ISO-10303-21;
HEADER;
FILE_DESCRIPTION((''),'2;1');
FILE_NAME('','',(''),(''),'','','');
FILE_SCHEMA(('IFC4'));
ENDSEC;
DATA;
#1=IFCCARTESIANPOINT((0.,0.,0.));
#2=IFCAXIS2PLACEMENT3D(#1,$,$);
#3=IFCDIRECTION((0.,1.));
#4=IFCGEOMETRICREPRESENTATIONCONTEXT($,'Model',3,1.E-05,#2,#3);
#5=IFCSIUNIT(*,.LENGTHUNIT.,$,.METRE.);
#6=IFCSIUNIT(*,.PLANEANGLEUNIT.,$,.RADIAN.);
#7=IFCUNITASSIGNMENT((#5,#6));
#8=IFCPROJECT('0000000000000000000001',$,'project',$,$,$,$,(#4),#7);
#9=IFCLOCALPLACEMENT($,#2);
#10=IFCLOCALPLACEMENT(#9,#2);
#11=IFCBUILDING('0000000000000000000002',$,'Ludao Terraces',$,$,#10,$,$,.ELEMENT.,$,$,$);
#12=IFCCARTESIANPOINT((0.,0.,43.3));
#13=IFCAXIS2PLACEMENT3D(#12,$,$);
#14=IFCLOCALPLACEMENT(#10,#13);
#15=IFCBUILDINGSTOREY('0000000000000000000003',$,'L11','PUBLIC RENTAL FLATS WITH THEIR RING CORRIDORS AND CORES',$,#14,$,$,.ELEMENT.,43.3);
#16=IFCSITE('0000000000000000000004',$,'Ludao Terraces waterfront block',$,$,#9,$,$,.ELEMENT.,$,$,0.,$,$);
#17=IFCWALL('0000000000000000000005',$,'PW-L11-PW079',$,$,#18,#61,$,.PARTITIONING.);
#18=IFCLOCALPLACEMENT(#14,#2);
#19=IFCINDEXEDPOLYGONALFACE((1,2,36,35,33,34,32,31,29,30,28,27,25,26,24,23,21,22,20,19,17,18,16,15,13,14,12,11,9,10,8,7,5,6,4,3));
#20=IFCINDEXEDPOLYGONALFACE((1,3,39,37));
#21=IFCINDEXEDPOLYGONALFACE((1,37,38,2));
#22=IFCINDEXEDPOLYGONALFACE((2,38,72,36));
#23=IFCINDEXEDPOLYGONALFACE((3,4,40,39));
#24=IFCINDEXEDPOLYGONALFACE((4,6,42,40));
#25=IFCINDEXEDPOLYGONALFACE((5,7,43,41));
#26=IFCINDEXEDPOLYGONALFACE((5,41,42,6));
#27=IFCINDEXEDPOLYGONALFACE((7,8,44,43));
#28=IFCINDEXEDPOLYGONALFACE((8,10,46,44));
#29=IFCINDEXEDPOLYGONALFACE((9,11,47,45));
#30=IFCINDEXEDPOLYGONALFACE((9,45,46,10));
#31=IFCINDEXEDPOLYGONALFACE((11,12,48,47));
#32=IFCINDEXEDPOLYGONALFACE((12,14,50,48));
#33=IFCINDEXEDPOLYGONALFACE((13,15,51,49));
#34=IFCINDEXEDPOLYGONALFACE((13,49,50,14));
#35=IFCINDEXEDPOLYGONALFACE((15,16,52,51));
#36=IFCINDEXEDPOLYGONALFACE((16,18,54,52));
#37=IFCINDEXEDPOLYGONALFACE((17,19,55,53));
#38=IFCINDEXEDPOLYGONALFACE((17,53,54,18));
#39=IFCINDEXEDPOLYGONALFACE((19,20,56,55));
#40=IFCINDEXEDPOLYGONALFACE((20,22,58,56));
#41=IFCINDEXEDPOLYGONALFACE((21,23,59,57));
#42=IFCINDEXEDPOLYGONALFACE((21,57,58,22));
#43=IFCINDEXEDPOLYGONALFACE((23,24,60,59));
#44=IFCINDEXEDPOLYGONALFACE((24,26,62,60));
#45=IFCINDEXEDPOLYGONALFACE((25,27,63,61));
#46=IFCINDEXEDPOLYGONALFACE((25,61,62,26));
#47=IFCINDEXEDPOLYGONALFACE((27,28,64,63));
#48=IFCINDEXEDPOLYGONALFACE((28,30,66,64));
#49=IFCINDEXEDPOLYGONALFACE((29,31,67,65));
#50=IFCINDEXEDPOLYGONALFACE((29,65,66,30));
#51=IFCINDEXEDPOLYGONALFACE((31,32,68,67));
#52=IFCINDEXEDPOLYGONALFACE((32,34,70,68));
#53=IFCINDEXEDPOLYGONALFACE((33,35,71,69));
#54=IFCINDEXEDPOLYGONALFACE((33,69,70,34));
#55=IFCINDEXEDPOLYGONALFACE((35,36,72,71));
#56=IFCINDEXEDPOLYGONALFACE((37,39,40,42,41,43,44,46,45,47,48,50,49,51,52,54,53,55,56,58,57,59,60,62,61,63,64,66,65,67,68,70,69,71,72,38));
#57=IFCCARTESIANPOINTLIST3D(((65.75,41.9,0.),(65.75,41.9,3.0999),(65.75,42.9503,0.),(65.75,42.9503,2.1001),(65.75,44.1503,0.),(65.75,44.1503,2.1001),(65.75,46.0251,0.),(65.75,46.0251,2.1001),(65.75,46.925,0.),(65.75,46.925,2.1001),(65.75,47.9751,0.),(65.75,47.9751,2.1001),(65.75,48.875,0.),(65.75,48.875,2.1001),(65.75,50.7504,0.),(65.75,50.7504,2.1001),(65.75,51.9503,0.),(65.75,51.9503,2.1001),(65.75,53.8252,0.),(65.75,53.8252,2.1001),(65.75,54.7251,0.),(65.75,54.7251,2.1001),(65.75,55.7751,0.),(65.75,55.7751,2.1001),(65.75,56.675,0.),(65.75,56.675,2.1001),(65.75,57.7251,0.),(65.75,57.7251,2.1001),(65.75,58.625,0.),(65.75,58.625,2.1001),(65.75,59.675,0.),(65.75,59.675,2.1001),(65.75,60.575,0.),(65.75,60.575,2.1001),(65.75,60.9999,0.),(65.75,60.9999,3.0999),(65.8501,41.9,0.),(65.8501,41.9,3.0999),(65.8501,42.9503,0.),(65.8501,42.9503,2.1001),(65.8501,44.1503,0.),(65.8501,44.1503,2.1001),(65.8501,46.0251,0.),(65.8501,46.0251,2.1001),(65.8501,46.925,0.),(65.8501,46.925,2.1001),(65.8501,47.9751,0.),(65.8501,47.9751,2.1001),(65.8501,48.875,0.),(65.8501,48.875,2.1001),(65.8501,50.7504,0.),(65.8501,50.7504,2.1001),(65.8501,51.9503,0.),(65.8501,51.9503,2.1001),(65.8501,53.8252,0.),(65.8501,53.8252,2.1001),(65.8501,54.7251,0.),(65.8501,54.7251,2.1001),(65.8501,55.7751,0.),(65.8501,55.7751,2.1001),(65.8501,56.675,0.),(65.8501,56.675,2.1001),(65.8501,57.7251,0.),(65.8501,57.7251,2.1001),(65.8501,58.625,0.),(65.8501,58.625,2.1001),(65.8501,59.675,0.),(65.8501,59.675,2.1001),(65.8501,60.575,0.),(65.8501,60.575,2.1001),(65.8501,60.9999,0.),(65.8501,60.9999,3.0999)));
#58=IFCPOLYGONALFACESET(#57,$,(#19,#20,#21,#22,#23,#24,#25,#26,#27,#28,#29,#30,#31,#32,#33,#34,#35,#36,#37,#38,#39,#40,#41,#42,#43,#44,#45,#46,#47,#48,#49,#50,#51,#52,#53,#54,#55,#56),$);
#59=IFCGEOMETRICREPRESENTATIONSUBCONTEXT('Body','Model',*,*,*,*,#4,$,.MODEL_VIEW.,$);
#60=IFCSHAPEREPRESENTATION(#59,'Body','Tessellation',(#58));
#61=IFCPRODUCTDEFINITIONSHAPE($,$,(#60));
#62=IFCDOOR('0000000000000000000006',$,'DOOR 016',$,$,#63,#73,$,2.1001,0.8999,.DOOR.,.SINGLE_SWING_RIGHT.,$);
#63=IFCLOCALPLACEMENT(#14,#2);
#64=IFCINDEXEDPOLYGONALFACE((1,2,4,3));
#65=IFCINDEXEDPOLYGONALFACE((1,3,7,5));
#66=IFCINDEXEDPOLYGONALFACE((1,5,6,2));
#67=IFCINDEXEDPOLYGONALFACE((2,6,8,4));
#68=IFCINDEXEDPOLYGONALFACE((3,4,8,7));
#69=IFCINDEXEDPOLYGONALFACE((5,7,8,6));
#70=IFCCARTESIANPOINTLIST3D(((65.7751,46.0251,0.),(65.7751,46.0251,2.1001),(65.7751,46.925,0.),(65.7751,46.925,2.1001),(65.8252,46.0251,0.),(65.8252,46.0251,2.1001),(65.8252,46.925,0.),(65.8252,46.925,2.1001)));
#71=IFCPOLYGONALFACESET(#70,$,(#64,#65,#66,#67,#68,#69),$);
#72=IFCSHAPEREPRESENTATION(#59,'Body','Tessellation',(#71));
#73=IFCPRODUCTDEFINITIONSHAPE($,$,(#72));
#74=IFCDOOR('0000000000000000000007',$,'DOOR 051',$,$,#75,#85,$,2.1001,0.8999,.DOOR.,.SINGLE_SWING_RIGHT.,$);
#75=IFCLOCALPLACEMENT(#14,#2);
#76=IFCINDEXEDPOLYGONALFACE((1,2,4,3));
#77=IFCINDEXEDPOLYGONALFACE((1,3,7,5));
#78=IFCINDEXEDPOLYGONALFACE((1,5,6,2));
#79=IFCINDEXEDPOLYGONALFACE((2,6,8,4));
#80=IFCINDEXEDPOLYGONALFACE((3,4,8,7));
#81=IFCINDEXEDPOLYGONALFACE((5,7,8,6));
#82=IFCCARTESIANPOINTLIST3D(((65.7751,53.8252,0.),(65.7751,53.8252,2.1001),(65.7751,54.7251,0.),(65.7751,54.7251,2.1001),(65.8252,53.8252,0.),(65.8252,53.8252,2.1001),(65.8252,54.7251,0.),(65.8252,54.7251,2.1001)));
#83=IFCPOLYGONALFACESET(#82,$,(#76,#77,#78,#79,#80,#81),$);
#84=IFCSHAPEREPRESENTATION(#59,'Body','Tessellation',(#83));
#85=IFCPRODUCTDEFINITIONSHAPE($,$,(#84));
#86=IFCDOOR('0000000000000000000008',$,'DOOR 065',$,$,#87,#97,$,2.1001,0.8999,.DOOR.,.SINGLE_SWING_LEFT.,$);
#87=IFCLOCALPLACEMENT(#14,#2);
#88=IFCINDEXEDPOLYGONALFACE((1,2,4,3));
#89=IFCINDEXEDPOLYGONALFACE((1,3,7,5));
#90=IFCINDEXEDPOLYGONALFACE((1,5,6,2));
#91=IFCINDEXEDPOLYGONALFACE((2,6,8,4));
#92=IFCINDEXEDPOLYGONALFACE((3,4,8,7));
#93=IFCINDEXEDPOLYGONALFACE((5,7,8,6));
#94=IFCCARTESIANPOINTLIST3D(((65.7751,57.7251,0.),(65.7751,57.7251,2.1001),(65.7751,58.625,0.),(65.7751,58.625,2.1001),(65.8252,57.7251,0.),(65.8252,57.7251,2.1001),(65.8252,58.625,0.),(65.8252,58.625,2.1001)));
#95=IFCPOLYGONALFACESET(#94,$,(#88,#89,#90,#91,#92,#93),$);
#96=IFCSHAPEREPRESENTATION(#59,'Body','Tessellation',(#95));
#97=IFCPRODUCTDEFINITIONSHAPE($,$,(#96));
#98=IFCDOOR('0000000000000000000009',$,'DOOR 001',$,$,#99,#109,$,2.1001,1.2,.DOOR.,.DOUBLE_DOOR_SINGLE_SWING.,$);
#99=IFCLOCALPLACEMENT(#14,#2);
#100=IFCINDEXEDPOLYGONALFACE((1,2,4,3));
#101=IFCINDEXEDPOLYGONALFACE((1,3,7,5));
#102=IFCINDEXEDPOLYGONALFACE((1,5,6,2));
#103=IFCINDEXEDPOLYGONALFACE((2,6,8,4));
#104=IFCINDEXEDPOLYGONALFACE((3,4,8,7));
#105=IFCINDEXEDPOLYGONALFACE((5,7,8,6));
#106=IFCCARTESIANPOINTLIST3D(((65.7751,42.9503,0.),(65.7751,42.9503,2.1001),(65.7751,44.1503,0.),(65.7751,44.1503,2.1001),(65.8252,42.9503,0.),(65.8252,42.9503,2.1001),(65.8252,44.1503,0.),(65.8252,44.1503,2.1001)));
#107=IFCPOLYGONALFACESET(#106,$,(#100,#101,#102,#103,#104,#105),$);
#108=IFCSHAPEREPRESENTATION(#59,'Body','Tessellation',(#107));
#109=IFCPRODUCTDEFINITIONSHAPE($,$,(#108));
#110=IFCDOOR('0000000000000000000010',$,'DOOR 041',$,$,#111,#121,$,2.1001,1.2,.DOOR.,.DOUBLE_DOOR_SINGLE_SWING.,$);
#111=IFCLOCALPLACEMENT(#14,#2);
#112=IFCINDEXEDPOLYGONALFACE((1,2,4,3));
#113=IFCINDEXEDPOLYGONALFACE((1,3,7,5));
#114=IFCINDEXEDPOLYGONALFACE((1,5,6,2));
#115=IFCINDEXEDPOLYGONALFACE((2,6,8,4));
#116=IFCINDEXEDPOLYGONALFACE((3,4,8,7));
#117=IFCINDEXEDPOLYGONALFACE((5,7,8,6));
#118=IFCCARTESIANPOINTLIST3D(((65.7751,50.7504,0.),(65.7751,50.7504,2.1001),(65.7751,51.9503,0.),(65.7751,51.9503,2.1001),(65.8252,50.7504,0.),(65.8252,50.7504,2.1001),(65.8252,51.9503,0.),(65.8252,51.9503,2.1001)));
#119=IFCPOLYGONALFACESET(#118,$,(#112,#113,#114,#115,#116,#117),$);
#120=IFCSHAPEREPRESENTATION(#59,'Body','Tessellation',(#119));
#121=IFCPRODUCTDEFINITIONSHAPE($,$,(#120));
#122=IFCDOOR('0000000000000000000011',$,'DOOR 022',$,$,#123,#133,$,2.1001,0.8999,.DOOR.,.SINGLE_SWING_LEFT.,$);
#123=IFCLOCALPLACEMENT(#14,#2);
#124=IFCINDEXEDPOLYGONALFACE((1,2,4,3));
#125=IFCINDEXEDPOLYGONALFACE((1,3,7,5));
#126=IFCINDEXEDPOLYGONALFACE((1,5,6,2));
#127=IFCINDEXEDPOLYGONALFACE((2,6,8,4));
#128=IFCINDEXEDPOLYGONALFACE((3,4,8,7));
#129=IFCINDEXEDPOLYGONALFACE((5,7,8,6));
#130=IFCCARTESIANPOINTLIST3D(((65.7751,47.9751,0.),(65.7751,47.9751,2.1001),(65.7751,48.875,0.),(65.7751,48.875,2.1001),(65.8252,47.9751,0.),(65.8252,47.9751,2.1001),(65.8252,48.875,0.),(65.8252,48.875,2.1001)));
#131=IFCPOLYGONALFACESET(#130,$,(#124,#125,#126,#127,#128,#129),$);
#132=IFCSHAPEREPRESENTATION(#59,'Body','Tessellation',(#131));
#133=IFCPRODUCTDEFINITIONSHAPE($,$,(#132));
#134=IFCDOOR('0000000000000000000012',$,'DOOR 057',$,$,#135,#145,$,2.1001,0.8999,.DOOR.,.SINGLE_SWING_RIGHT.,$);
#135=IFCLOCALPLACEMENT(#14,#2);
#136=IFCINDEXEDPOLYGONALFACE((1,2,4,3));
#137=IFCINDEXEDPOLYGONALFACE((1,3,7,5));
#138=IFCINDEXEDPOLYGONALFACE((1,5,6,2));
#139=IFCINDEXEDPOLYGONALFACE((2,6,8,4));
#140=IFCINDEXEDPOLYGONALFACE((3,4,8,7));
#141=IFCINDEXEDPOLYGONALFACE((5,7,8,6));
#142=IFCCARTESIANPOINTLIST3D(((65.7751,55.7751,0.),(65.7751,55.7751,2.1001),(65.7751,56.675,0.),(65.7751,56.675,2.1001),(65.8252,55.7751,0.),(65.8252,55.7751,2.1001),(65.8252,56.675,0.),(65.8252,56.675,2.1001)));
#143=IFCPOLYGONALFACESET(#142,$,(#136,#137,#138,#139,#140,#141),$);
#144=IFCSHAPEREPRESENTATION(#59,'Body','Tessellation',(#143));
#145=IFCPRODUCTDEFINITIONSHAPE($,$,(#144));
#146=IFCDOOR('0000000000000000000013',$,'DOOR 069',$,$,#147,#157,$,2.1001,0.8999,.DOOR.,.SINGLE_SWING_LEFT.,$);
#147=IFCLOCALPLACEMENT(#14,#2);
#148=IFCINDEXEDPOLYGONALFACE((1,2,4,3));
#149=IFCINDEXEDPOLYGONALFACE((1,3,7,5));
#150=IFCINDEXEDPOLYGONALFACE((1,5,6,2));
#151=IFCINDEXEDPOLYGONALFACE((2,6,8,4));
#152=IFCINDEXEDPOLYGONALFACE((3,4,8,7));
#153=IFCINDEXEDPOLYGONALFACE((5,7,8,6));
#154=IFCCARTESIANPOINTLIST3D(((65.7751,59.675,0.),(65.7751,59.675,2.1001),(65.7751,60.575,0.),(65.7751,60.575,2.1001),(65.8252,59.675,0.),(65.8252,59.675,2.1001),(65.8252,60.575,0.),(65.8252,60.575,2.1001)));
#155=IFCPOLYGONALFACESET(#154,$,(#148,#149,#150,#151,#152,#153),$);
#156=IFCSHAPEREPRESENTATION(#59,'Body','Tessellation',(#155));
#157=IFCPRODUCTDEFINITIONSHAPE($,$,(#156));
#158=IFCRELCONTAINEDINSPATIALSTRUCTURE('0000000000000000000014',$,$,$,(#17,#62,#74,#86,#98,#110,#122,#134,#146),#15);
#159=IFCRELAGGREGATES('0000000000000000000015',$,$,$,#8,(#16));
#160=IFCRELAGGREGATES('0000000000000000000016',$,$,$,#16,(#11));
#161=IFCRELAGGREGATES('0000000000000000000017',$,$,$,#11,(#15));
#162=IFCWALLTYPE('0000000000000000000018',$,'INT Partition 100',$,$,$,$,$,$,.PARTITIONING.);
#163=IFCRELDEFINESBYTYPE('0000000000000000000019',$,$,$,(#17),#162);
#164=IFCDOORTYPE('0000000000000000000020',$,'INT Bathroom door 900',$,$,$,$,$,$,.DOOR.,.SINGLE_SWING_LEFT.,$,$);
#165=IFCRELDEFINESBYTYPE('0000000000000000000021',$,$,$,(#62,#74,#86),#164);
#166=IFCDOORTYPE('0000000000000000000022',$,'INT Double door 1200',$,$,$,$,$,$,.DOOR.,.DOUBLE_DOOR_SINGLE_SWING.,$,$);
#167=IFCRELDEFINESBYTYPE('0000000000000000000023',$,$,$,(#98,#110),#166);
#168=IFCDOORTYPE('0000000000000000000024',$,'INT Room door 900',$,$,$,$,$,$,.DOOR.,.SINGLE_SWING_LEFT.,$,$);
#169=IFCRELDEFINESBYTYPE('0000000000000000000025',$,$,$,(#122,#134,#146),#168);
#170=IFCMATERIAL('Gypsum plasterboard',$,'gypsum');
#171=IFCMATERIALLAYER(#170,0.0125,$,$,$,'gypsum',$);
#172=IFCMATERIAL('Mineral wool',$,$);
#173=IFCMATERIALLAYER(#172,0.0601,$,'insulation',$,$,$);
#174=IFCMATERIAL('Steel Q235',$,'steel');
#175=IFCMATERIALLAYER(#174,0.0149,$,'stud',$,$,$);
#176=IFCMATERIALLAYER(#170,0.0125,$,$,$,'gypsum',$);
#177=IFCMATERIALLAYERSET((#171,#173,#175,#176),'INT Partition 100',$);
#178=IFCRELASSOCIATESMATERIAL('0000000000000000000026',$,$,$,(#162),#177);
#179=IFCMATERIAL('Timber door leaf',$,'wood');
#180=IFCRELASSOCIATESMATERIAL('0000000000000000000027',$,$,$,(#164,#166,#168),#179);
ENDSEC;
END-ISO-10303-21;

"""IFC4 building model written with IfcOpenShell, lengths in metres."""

from ifc_helpers import new_model, si_unit, direction, frame, frame_2d, origin, place, context, subcontext, project, spatial, rectangle, extrude, material, layer, layer_set, type_object, element, fill, save


model = new_model("IFC4")

# Units and contexts
model_context = context("Model", 3, precision=1e-05, world=origin(), true_north=direction((0.0, 1.0)))
body_context = subcontext(model_context, "Body", "Model", "MODEL_VIEW")
ifc_project = project(units=[si_unit("LENGTHUNIT", "METRE"), si_unit("PLANEANGLEUNIT", "RADIAN")], contexts=[model_context])

# Site, building, storey
site_placement = place(None, origin())
site = spatial("IfcSite", under=ifc_project, at=site_placement, Name="Ludao Terraces waterfront block", CompositionType="ELEMENT", RefElevation=0.0)
building_placement = place(site_placement, origin())
building = spatial("IfcBuilding", under=site, at=building_placement, Name="Ludao Terraces", CompositionType="ELEMENT")
storey_placement = place(building_placement, frame((0.0, 0.0, 43.3)))
storey = spatial("IfcBuildingStorey", under=building, at=storey_placement, Name="L11", Description="PUBLIC RENTAL FLATS WITH THEIR RING CORRIDORS AND CORES", CompositionType="ELEMENT", Elevation=43.3)

# Shared definitions
ifc_material_1 = material(Name="Mineral wool")

# Wall, openings, doors
ifc_material_2 = material(Name="Gypsum plasterboard", Category="gypsum")
ifc_layer_1 = layer(ifc_material_2, 0.0125, Category="gypsum")
ifc_layer_2 = layer(ifc_material_1, 0.0601, Name="insulation")
ifc_material_3 = material(Name="Steel Q235", Category="steel")
ifc_layer_3 = layer(ifc_material_3, 0.0149, Name="stud")
ifc_layer_4 = layer(ifc_material_2, 0.0125, Category="gypsum")
ifc_layer_set_1 = layer_set([ifc_layer_1, ifc_layer_2, ifc_layer_3, ifc_layer_4], Name="INT Partition 100")
wall_type_1 = type_object("IfcWallType", Name="INT Partition 100", PredefinedType="PARTITIONING", material=ifc_layer_set_1)
wall_1_placement = place(storey_placement, frame((65.8, 41.9001, 0.0), z_axis=(0.0, 0.0, 1.0), x_axis=(0.0, 1.0, 0.0)))
wall_1 = element("IfcWall", 1, at=wall_1_placement, inside=storey, type_object=wall_type_1, Name="PW-L11-PW079", PredefinedType="PARTITIONING", context=body_context, shape_type="SweptSolid", body=[
    extrude(rectangle(XDim=19.0999, YDim=0.1001, at=frame_2d((9.5498, 0.0))), origin(), (0.0, 0.0, 1.0), 3.0999),
])
opening_1_placement = place(wall_1_placement, frame((1.05, 0.0, 0.0)))
opening_1 = element("IfcOpeningElement", 2, at=opening_1_placement, cuts=wall_1, PredefinedType="OPENING", context=body_context, shape_type="SweptSolid", body=[
    extrude(rectangle(XDim=1.2, YDim=2.1001, at=frame_2d((0.6001, 1.05))), frame((0.0, 0.0601, 0.0), z_axis=(0.0, -1.0, 0.0), x_axis=(1.0, 0.0, 0.0)), (0.0, 0.0, 1.0), 0.1201),
])
opening_2_placement = place(wall_1_placement, frame((4.125, 0.0, 0.0)))
opening_2 = element("IfcOpeningElement", 3, at=opening_2_placement, cuts=wall_1, PredefinedType="OPENING", context=body_context, shape_type="SweptSolid", body=[
    extrude(rectangle(XDim=0.8999, YDim=2.1001, at=frame_2d((0.45, 1.05))), frame((0.0, 0.0601, 0.0), z_axis=(0.0, -1.0, 0.0), x_axis=(1.0, 0.0, 0.0)), (0.0, 0.0, 1.0), 0.1201),
])
opening_3_placement = place(wall_1_placement, frame((6.075, 0.0, 0.0)))
opening_3 = element("IfcOpeningElement", 4, at=opening_3_placement, cuts=wall_1, PredefinedType="OPENING", context=body_context, shape_type="SweptSolid", body=[
    extrude(rectangle(XDim=0.8999, YDim=2.1001, at=frame_2d((0.45, 1.05))), frame((0.0, 0.0601, 0.0), z_axis=(0.0, -1.0, 0.0), x_axis=(1.0, 0.0, 0.0)), (0.0, 0.0, 1.0), 0.1201),
])
opening_4_placement = place(wall_1_placement, frame((8.8501, 0.0, 0.0)))
opening_4 = element("IfcOpeningElement", 5, at=opening_4_placement, cuts=wall_1, PredefinedType="OPENING", context=body_context, shape_type="SweptSolid", body=[
    extrude(rectangle(XDim=1.2, YDim=2.1001, at=frame_2d((0.6001, 1.05))), frame((0.0, 0.0601, 0.0), z_axis=(0.0, -1.0, 0.0), x_axis=(1.0, 0.0, 0.0)), (0.0, 0.0, 1.0), 0.1201),
])
opening_5_placement = place(wall_1_placement, frame((11.925, 0.0, 0.0)))
opening_5 = element("IfcOpeningElement", 6, at=opening_5_placement, cuts=wall_1, PredefinedType="OPENING", context=body_context, shape_type="SweptSolid", body=[
    extrude(rectangle(XDim=0.8999, YDim=2.1001, at=frame_2d((0.45, 1.05))), frame((0.0, 0.0601, 0.0), z_axis=(0.0, -1.0, 0.0), x_axis=(1.0, 0.0, 0.0)), (0.0, 0.0, 1.0), 0.1201),
])
opening_6_placement = place(wall_1_placement, frame((13.875, 0.0, 0.0)))
opening_6 = element("IfcOpeningElement", 7, at=opening_6_placement, cuts=wall_1, PredefinedType="OPENING", context=body_context, shape_type="SweptSolid", body=[
    extrude(rectangle(XDim=0.8999, YDim=2.1001, at=frame_2d((0.45, 1.05))), frame((0.0, 0.0601, 0.0), z_axis=(0.0, -1.0, 0.0), x_axis=(1.0, 0.0, 0.0)), (0.0, 0.0, 1.0), 0.1201),
])
opening_7_placement = place(wall_1_placement, frame((15.825, 0.0, 0.0)))
opening_7 = element("IfcOpeningElement", 8, at=opening_7_placement, cuts=wall_1, PredefinedType="OPENING", context=body_context, shape_type="SweptSolid", body=[
    extrude(rectangle(XDim=0.8999, YDim=2.1001, at=frame_2d((0.45, 1.05))), frame((0.0, 0.0601, 0.0), z_axis=(0.0, -1.0, 0.0), x_axis=(1.0, 0.0, 0.0)), (0.0, 0.0, 1.0), 0.1201),
])
opening_8_placement = place(wall_1_placement, frame((17.7749, 0.0, 0.0)))
opening_8 = element("IfcOpeningElement", 9, at=opening_8_placement, cuts=wall_1, PredefinedType="OPENING", context=body_context, shape_type="SweptSolid", body=[
    extrude(rectangle(XDim=0.8999, YDim=2.1001, at=frame_2d((0.45, 1.05))), frame((0.0, 0.0601, 0.0), z_axis=(0.0, -1.0, 0.0), x_axis=(1.0, 0.0, 0.0)), (0.0, 0.0, 1.0), 0.1201),
])
ifc_material_4 = material(Name="Timber door leaf", Category="wood")
door_type_1 = type_object("IfcDoorType", Name="INT Bathroom door 900", OperationType="SINGLE_SWING_LEFT", PredefinedType="DOOR", material=ifc_material_4)
door_1_placement = place(opening_2_placement, origin())
door_1 = element("IfcDoor", 10, at=door_1_placement, inside=storey, type_object=door_type_1, Name="DOOR 016", OperationType="SINGLE_SWING_RIGHT", OverallHeight=2.1001, OverallWidth=0.8999, PredefinedType="DOOR", context=body_context, shape_type="SweptSolid", body=[
    extrude(rectangle(XDim=0.8999, YDim=2.1001, at=frame_2d((0.45, 1.05))), frame((0.0, 0.0249, 0.0), z_axis=(0.0, -1.0, 0.0), x_axis=(1.0, 0.0, 0.0)), (0.0, 0.0, 1.0), 0.05),
])
fill(opening_2, door_1)
door_2_placement = place(opening_5_placement, origin())
door_2 = element("IfcDoor", 11, at=door_2_placement, inside=storey, type_object=door_type_1, Name="DOOR 051", OperationType="SINGLE_SWING_RIGHT", OverallHeight=2.1001, OverallWidth=0.8999, PredefinedType="DOOR", context=body_context, shape_type="SweptSolid", body=[
    extrude(rectangle(XDim=0.8999, YDim=2.1001, at=frame_2d((0.45, 1.05))), frame((0.0, 0.0249, 0.0), z_axis=(0.0, -1.0, 0.0), x_axis=(1.0, 0.0, 0.0)), (0.0, 0.0, 1.0), 0.05),
])
fill(opening_5, door_2)
door_3_placement = place(opening_7_placement, origin())
door_3 = element("IfcDoor", 12, at=door_3_placement, inside=storey, type_object=door_type_1, Name="DOOR 065", OperationType="SINGLE_SWING_LEFT", OverallHeight=2.1001, OverallWidth=0.8999, PredefinedType="DOOR", context=body_context, shape_type="SweptSolid", body=[
    extrude(rectangle(XDim=0.8999, YDim=2.1001, at=frame_2d((0.45, 1.05))), frame((0.0, 0.0249, 0.0), z_axis=(0.0, -1.0, 0.0), x_axis=(1.0, 0.0, 0.0)), (0.0, 0.0, 1.0), 0.05),
])
fill(opening_7, door_3)
door_type_2 = type_object("IfcDoorType", Name="INT Double door 1200", OperationType="DOUBLE_DOOR_SINGLE_SWING", PredefinedType="DOOR", material=ifc_material_4)
door_4_placement = place(opening_1_placement, origin())
door_4 = element("IfcDoor", 13, at=door_4_placement, inside=storey, type_object=door_type_2, Name="DOOR 001", OperationType="DOUBLE_DOOR_SINGLE_SWING", OverallHeight=2.1001, OverallWidth=1.2, PredefinedType="DOOR", context=body_context, shape_type="SweptSolid", body=[
    extrude(rectangle(XDim=1.2, YDim=2.1001, at=frame_2d((0.6001, 1.05))), frame((0.0, 0.0249, 0.0), z_axis=(0.0, -1.0, 0.0), x_axis=(1.0, 0.0, 0.0)), (0.0, 0.0, 1.0), 0.05),
])
fill(opening_1, door_4)
door_5_placement = place(opening_4_placement, origin())
door_5 = element("IfcDoor", 14, at=door_5_placement, inside=storey, type_object=door_type_2, Name="DOOR 041", OperationType="DOUBLE_DOOR_SINGLE_SWING", OverallHeight=2.1001, OverallWidth=1.2, PredefinedType="DOOR", context=body_context, shape_type="SweptSolid", body=[
    extrude(rectangle(XDim=1.2, YDim=2.1001, at=frame_2d((0.6001, 1.05))), frame((0.0, 0.0249, 0.0), z_axis=(0.0, -1.0, 0.0), x_axis=(1.0, 0.0, 0.0)), (0.0, 0.0, 1.0), 0.05),
])
fill(opening_4, door_5)
door_type_3 = type_object("IfcDoorType", Name="INT Room door 900", OperationType="SINGLE_SWING_LEFT", PredefinedType="DOOR", material=ifc_material_4)
door_6_placement = place(opening_3_placement, origin())
door_6 = element("IfcDoor", 15, at=door_6_placement, inside=storey, type_object=door_type_3, Name="DOOR 022", OperationType="SINGLE_SWING_LEFT", OverallHeight=2.1001, OverallWidth=0.8999, PredefinedType="DOOR", context=body_context, shape_type="SweptSolid", body=[
    extrude(rectangle(XDim=0.8999, YDim=2.1001, at=frame_2d((0.45, 1.05))), frame((0.0, 0.0249, 0.0), z_axis=(0.0, -1.0, 0.0), x_axis=(1.0, 0.0, 0.0)), (0.0, 0.0, 1.0), 0.05),
])
fill(opening_3, door_6)
door_7_placement = place(opening_6_placement, origin())
door_7 = element("IfcDoor", 16, at=door_7_placement, inside=storey, type_object=door_type_3, Name="DOOR 057", OperationType="SINGLE_SWING_RIGHT", OverallHeight=2.1001, OverallWidth=0.8999, PredefinedType="DOOR", context=body_context, shape_type="SweptSolid", body=[
    extrude(rectangle(XDim=0.8999, YDim=2.1001, at=frame_2d((0.45, 1.05))), frame((0.0, 0.0249, 0.0), z_axis=(0.0, -1.0, 0.0), x_axis=(1.0, 0.0, 0.0)), (0.0, 0.0, 1.0), 0.05),
])
fill(opening_6, door_7)
door_8_placement = place(opening_8_placement, origin())
door_8 = element("IfcDoor", 17, at=door_8_placement, inside=storey, type_object=door_type_3, Name="DOOR 069", OperationType="SINGLE_SWING_LEFT", OverallHeight=2.1001, OverallWidth=0.8999, PredefinedType="DOOR", context=body_context, shape_type="SweptSolid", body=[
    extrude(rectangle(XDim=0.8999, YDim=2.1001, at=frame_2d((0.45, 1.05))), frame((0.0, 0.0249, 0.0), z_axis=(0.0, -1.0, 0.0), x_axis=(1.0, 0.0, 0.0)), (0.0, 0.0, 1.0), 0.05),
])
fill(opening_8, door_8)

save(model, "model.ifc")
